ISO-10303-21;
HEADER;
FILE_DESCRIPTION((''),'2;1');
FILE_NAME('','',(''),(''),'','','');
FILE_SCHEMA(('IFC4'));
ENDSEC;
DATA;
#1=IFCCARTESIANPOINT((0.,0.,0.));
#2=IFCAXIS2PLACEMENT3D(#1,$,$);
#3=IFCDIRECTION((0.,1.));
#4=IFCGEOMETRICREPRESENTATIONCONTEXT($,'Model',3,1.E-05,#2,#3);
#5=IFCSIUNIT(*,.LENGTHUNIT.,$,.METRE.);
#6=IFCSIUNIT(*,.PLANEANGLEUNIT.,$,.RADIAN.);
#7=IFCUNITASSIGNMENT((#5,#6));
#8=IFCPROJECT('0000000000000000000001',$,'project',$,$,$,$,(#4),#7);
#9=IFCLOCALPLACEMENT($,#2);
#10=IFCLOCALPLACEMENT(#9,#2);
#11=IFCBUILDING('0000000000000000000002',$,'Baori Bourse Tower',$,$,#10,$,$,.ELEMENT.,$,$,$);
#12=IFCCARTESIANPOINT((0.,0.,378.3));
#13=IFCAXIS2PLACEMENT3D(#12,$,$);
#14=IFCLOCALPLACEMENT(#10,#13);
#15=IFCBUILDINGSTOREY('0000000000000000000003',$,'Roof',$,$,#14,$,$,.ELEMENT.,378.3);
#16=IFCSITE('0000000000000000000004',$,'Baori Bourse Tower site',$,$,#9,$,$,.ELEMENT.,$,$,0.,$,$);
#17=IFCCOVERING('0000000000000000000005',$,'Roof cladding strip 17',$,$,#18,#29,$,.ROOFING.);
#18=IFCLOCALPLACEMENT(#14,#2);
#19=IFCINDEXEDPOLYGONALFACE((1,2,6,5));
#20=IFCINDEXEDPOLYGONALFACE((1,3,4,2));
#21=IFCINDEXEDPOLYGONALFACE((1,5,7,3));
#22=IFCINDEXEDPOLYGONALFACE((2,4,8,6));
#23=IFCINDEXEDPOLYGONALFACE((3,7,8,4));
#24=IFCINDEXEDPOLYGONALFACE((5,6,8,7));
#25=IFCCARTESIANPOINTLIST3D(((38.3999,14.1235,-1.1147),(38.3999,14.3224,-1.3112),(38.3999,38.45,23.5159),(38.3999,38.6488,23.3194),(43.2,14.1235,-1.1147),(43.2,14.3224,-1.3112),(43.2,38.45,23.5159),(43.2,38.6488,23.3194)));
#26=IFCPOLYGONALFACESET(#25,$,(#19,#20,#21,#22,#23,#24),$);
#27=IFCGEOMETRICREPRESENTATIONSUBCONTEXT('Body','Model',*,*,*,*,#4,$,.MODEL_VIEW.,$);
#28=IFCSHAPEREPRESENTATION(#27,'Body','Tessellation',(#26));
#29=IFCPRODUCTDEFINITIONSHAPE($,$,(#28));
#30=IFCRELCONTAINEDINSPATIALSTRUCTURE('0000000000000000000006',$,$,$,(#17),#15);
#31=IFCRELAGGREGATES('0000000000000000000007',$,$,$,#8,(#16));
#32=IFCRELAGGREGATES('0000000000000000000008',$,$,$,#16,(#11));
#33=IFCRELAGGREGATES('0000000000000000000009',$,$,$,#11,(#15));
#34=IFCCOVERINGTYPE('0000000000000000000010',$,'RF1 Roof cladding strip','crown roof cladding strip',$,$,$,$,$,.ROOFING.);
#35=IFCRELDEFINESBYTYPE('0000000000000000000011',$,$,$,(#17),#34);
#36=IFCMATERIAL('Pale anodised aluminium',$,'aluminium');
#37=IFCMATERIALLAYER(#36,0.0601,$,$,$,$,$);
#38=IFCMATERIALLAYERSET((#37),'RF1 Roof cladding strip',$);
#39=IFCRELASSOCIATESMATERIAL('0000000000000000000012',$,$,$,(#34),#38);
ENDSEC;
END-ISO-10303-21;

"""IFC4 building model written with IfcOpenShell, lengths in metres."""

from ifc_helpers import new_model, si_unit, direction, frame, origin, place, context, subcontext, project, spatial, polyline, outline, extrude, material, layer, layer_set, type_object, element, save


model = new_model("IFC4")

# Units and contexts
model_context = context("Model", 3, precision=1e-05, world=origin(), true_north=direction((0.0, 1.0)))
body_context = subcontext(model_context, "Body", "Model", "MODEL_VIEW")
ifc_project = project(units=[si_unit("LENGTHUNIT", "METRE"), si_unit("PLANEANGLEUNIT", "RADIAN")], contexts=[model_context])

# Site, building, storey
site_placement = place(None, origin())
site = spatial("IfcSite", under=ifc_project, at=site_placement, Name="Baori Bourse Tower site", CompositionType="ELEMENT", RefElevation=0.0)
building_placement = place(site_placement, origin())
building = spatial("IfcBuilding", under=site, at=building_placement, Name="Baori Bourse Tower", CompositionType="ELEMENT")
storey_placement = place(building_placement, frame((0.0, 0.0, 378.3)))
storey = spatial("IfcBuildingStorey", under=building, at=storey_placement, Name="Roof", CompositionType="ELEMENT", Elevation=378.3)

# Covering
ifc_material_1 = material(Name="Pale anodised aluminium", Category="aluminium")
ifc_layer_1 = layer(ifc_material_1, 0.0601)
ifc_layer_set_1 = layer_set([ifc_layer_1], Name="RF1 Roof cladding strip")
covering_type = type_object("IfcCoveringType", Name="RF1 Roof cladding strip", Description="crown roof cladding strip", PredefinedType="ROOFING", material=ifc_layer_set_1)
covering_1_placement = place(storey_placement, frame((43.2, 14.1235, -1.1147), z_axis=(0.0, -0.711487, 0.7027), x_axis=(0.0, 0.7027, 0.711487)))
element("IfcCovering", 1, at=covering_1_placement, inside=storey, type_object=covering_type, Name="Roof cladding strip 17", PredefinedType="ROOFING", context=body_context, shape_type="SweptSolid", body=[
    extrude(outline(polyline([(0.0, 0.0), (34.6185, 0.0), (34.6185, 4.8), (0.0, 4.8), (0.0, 0.0)])), origin(), (0.0, 0.0, -1.0), 0.2795),
])

save(model, "model.ifc")
